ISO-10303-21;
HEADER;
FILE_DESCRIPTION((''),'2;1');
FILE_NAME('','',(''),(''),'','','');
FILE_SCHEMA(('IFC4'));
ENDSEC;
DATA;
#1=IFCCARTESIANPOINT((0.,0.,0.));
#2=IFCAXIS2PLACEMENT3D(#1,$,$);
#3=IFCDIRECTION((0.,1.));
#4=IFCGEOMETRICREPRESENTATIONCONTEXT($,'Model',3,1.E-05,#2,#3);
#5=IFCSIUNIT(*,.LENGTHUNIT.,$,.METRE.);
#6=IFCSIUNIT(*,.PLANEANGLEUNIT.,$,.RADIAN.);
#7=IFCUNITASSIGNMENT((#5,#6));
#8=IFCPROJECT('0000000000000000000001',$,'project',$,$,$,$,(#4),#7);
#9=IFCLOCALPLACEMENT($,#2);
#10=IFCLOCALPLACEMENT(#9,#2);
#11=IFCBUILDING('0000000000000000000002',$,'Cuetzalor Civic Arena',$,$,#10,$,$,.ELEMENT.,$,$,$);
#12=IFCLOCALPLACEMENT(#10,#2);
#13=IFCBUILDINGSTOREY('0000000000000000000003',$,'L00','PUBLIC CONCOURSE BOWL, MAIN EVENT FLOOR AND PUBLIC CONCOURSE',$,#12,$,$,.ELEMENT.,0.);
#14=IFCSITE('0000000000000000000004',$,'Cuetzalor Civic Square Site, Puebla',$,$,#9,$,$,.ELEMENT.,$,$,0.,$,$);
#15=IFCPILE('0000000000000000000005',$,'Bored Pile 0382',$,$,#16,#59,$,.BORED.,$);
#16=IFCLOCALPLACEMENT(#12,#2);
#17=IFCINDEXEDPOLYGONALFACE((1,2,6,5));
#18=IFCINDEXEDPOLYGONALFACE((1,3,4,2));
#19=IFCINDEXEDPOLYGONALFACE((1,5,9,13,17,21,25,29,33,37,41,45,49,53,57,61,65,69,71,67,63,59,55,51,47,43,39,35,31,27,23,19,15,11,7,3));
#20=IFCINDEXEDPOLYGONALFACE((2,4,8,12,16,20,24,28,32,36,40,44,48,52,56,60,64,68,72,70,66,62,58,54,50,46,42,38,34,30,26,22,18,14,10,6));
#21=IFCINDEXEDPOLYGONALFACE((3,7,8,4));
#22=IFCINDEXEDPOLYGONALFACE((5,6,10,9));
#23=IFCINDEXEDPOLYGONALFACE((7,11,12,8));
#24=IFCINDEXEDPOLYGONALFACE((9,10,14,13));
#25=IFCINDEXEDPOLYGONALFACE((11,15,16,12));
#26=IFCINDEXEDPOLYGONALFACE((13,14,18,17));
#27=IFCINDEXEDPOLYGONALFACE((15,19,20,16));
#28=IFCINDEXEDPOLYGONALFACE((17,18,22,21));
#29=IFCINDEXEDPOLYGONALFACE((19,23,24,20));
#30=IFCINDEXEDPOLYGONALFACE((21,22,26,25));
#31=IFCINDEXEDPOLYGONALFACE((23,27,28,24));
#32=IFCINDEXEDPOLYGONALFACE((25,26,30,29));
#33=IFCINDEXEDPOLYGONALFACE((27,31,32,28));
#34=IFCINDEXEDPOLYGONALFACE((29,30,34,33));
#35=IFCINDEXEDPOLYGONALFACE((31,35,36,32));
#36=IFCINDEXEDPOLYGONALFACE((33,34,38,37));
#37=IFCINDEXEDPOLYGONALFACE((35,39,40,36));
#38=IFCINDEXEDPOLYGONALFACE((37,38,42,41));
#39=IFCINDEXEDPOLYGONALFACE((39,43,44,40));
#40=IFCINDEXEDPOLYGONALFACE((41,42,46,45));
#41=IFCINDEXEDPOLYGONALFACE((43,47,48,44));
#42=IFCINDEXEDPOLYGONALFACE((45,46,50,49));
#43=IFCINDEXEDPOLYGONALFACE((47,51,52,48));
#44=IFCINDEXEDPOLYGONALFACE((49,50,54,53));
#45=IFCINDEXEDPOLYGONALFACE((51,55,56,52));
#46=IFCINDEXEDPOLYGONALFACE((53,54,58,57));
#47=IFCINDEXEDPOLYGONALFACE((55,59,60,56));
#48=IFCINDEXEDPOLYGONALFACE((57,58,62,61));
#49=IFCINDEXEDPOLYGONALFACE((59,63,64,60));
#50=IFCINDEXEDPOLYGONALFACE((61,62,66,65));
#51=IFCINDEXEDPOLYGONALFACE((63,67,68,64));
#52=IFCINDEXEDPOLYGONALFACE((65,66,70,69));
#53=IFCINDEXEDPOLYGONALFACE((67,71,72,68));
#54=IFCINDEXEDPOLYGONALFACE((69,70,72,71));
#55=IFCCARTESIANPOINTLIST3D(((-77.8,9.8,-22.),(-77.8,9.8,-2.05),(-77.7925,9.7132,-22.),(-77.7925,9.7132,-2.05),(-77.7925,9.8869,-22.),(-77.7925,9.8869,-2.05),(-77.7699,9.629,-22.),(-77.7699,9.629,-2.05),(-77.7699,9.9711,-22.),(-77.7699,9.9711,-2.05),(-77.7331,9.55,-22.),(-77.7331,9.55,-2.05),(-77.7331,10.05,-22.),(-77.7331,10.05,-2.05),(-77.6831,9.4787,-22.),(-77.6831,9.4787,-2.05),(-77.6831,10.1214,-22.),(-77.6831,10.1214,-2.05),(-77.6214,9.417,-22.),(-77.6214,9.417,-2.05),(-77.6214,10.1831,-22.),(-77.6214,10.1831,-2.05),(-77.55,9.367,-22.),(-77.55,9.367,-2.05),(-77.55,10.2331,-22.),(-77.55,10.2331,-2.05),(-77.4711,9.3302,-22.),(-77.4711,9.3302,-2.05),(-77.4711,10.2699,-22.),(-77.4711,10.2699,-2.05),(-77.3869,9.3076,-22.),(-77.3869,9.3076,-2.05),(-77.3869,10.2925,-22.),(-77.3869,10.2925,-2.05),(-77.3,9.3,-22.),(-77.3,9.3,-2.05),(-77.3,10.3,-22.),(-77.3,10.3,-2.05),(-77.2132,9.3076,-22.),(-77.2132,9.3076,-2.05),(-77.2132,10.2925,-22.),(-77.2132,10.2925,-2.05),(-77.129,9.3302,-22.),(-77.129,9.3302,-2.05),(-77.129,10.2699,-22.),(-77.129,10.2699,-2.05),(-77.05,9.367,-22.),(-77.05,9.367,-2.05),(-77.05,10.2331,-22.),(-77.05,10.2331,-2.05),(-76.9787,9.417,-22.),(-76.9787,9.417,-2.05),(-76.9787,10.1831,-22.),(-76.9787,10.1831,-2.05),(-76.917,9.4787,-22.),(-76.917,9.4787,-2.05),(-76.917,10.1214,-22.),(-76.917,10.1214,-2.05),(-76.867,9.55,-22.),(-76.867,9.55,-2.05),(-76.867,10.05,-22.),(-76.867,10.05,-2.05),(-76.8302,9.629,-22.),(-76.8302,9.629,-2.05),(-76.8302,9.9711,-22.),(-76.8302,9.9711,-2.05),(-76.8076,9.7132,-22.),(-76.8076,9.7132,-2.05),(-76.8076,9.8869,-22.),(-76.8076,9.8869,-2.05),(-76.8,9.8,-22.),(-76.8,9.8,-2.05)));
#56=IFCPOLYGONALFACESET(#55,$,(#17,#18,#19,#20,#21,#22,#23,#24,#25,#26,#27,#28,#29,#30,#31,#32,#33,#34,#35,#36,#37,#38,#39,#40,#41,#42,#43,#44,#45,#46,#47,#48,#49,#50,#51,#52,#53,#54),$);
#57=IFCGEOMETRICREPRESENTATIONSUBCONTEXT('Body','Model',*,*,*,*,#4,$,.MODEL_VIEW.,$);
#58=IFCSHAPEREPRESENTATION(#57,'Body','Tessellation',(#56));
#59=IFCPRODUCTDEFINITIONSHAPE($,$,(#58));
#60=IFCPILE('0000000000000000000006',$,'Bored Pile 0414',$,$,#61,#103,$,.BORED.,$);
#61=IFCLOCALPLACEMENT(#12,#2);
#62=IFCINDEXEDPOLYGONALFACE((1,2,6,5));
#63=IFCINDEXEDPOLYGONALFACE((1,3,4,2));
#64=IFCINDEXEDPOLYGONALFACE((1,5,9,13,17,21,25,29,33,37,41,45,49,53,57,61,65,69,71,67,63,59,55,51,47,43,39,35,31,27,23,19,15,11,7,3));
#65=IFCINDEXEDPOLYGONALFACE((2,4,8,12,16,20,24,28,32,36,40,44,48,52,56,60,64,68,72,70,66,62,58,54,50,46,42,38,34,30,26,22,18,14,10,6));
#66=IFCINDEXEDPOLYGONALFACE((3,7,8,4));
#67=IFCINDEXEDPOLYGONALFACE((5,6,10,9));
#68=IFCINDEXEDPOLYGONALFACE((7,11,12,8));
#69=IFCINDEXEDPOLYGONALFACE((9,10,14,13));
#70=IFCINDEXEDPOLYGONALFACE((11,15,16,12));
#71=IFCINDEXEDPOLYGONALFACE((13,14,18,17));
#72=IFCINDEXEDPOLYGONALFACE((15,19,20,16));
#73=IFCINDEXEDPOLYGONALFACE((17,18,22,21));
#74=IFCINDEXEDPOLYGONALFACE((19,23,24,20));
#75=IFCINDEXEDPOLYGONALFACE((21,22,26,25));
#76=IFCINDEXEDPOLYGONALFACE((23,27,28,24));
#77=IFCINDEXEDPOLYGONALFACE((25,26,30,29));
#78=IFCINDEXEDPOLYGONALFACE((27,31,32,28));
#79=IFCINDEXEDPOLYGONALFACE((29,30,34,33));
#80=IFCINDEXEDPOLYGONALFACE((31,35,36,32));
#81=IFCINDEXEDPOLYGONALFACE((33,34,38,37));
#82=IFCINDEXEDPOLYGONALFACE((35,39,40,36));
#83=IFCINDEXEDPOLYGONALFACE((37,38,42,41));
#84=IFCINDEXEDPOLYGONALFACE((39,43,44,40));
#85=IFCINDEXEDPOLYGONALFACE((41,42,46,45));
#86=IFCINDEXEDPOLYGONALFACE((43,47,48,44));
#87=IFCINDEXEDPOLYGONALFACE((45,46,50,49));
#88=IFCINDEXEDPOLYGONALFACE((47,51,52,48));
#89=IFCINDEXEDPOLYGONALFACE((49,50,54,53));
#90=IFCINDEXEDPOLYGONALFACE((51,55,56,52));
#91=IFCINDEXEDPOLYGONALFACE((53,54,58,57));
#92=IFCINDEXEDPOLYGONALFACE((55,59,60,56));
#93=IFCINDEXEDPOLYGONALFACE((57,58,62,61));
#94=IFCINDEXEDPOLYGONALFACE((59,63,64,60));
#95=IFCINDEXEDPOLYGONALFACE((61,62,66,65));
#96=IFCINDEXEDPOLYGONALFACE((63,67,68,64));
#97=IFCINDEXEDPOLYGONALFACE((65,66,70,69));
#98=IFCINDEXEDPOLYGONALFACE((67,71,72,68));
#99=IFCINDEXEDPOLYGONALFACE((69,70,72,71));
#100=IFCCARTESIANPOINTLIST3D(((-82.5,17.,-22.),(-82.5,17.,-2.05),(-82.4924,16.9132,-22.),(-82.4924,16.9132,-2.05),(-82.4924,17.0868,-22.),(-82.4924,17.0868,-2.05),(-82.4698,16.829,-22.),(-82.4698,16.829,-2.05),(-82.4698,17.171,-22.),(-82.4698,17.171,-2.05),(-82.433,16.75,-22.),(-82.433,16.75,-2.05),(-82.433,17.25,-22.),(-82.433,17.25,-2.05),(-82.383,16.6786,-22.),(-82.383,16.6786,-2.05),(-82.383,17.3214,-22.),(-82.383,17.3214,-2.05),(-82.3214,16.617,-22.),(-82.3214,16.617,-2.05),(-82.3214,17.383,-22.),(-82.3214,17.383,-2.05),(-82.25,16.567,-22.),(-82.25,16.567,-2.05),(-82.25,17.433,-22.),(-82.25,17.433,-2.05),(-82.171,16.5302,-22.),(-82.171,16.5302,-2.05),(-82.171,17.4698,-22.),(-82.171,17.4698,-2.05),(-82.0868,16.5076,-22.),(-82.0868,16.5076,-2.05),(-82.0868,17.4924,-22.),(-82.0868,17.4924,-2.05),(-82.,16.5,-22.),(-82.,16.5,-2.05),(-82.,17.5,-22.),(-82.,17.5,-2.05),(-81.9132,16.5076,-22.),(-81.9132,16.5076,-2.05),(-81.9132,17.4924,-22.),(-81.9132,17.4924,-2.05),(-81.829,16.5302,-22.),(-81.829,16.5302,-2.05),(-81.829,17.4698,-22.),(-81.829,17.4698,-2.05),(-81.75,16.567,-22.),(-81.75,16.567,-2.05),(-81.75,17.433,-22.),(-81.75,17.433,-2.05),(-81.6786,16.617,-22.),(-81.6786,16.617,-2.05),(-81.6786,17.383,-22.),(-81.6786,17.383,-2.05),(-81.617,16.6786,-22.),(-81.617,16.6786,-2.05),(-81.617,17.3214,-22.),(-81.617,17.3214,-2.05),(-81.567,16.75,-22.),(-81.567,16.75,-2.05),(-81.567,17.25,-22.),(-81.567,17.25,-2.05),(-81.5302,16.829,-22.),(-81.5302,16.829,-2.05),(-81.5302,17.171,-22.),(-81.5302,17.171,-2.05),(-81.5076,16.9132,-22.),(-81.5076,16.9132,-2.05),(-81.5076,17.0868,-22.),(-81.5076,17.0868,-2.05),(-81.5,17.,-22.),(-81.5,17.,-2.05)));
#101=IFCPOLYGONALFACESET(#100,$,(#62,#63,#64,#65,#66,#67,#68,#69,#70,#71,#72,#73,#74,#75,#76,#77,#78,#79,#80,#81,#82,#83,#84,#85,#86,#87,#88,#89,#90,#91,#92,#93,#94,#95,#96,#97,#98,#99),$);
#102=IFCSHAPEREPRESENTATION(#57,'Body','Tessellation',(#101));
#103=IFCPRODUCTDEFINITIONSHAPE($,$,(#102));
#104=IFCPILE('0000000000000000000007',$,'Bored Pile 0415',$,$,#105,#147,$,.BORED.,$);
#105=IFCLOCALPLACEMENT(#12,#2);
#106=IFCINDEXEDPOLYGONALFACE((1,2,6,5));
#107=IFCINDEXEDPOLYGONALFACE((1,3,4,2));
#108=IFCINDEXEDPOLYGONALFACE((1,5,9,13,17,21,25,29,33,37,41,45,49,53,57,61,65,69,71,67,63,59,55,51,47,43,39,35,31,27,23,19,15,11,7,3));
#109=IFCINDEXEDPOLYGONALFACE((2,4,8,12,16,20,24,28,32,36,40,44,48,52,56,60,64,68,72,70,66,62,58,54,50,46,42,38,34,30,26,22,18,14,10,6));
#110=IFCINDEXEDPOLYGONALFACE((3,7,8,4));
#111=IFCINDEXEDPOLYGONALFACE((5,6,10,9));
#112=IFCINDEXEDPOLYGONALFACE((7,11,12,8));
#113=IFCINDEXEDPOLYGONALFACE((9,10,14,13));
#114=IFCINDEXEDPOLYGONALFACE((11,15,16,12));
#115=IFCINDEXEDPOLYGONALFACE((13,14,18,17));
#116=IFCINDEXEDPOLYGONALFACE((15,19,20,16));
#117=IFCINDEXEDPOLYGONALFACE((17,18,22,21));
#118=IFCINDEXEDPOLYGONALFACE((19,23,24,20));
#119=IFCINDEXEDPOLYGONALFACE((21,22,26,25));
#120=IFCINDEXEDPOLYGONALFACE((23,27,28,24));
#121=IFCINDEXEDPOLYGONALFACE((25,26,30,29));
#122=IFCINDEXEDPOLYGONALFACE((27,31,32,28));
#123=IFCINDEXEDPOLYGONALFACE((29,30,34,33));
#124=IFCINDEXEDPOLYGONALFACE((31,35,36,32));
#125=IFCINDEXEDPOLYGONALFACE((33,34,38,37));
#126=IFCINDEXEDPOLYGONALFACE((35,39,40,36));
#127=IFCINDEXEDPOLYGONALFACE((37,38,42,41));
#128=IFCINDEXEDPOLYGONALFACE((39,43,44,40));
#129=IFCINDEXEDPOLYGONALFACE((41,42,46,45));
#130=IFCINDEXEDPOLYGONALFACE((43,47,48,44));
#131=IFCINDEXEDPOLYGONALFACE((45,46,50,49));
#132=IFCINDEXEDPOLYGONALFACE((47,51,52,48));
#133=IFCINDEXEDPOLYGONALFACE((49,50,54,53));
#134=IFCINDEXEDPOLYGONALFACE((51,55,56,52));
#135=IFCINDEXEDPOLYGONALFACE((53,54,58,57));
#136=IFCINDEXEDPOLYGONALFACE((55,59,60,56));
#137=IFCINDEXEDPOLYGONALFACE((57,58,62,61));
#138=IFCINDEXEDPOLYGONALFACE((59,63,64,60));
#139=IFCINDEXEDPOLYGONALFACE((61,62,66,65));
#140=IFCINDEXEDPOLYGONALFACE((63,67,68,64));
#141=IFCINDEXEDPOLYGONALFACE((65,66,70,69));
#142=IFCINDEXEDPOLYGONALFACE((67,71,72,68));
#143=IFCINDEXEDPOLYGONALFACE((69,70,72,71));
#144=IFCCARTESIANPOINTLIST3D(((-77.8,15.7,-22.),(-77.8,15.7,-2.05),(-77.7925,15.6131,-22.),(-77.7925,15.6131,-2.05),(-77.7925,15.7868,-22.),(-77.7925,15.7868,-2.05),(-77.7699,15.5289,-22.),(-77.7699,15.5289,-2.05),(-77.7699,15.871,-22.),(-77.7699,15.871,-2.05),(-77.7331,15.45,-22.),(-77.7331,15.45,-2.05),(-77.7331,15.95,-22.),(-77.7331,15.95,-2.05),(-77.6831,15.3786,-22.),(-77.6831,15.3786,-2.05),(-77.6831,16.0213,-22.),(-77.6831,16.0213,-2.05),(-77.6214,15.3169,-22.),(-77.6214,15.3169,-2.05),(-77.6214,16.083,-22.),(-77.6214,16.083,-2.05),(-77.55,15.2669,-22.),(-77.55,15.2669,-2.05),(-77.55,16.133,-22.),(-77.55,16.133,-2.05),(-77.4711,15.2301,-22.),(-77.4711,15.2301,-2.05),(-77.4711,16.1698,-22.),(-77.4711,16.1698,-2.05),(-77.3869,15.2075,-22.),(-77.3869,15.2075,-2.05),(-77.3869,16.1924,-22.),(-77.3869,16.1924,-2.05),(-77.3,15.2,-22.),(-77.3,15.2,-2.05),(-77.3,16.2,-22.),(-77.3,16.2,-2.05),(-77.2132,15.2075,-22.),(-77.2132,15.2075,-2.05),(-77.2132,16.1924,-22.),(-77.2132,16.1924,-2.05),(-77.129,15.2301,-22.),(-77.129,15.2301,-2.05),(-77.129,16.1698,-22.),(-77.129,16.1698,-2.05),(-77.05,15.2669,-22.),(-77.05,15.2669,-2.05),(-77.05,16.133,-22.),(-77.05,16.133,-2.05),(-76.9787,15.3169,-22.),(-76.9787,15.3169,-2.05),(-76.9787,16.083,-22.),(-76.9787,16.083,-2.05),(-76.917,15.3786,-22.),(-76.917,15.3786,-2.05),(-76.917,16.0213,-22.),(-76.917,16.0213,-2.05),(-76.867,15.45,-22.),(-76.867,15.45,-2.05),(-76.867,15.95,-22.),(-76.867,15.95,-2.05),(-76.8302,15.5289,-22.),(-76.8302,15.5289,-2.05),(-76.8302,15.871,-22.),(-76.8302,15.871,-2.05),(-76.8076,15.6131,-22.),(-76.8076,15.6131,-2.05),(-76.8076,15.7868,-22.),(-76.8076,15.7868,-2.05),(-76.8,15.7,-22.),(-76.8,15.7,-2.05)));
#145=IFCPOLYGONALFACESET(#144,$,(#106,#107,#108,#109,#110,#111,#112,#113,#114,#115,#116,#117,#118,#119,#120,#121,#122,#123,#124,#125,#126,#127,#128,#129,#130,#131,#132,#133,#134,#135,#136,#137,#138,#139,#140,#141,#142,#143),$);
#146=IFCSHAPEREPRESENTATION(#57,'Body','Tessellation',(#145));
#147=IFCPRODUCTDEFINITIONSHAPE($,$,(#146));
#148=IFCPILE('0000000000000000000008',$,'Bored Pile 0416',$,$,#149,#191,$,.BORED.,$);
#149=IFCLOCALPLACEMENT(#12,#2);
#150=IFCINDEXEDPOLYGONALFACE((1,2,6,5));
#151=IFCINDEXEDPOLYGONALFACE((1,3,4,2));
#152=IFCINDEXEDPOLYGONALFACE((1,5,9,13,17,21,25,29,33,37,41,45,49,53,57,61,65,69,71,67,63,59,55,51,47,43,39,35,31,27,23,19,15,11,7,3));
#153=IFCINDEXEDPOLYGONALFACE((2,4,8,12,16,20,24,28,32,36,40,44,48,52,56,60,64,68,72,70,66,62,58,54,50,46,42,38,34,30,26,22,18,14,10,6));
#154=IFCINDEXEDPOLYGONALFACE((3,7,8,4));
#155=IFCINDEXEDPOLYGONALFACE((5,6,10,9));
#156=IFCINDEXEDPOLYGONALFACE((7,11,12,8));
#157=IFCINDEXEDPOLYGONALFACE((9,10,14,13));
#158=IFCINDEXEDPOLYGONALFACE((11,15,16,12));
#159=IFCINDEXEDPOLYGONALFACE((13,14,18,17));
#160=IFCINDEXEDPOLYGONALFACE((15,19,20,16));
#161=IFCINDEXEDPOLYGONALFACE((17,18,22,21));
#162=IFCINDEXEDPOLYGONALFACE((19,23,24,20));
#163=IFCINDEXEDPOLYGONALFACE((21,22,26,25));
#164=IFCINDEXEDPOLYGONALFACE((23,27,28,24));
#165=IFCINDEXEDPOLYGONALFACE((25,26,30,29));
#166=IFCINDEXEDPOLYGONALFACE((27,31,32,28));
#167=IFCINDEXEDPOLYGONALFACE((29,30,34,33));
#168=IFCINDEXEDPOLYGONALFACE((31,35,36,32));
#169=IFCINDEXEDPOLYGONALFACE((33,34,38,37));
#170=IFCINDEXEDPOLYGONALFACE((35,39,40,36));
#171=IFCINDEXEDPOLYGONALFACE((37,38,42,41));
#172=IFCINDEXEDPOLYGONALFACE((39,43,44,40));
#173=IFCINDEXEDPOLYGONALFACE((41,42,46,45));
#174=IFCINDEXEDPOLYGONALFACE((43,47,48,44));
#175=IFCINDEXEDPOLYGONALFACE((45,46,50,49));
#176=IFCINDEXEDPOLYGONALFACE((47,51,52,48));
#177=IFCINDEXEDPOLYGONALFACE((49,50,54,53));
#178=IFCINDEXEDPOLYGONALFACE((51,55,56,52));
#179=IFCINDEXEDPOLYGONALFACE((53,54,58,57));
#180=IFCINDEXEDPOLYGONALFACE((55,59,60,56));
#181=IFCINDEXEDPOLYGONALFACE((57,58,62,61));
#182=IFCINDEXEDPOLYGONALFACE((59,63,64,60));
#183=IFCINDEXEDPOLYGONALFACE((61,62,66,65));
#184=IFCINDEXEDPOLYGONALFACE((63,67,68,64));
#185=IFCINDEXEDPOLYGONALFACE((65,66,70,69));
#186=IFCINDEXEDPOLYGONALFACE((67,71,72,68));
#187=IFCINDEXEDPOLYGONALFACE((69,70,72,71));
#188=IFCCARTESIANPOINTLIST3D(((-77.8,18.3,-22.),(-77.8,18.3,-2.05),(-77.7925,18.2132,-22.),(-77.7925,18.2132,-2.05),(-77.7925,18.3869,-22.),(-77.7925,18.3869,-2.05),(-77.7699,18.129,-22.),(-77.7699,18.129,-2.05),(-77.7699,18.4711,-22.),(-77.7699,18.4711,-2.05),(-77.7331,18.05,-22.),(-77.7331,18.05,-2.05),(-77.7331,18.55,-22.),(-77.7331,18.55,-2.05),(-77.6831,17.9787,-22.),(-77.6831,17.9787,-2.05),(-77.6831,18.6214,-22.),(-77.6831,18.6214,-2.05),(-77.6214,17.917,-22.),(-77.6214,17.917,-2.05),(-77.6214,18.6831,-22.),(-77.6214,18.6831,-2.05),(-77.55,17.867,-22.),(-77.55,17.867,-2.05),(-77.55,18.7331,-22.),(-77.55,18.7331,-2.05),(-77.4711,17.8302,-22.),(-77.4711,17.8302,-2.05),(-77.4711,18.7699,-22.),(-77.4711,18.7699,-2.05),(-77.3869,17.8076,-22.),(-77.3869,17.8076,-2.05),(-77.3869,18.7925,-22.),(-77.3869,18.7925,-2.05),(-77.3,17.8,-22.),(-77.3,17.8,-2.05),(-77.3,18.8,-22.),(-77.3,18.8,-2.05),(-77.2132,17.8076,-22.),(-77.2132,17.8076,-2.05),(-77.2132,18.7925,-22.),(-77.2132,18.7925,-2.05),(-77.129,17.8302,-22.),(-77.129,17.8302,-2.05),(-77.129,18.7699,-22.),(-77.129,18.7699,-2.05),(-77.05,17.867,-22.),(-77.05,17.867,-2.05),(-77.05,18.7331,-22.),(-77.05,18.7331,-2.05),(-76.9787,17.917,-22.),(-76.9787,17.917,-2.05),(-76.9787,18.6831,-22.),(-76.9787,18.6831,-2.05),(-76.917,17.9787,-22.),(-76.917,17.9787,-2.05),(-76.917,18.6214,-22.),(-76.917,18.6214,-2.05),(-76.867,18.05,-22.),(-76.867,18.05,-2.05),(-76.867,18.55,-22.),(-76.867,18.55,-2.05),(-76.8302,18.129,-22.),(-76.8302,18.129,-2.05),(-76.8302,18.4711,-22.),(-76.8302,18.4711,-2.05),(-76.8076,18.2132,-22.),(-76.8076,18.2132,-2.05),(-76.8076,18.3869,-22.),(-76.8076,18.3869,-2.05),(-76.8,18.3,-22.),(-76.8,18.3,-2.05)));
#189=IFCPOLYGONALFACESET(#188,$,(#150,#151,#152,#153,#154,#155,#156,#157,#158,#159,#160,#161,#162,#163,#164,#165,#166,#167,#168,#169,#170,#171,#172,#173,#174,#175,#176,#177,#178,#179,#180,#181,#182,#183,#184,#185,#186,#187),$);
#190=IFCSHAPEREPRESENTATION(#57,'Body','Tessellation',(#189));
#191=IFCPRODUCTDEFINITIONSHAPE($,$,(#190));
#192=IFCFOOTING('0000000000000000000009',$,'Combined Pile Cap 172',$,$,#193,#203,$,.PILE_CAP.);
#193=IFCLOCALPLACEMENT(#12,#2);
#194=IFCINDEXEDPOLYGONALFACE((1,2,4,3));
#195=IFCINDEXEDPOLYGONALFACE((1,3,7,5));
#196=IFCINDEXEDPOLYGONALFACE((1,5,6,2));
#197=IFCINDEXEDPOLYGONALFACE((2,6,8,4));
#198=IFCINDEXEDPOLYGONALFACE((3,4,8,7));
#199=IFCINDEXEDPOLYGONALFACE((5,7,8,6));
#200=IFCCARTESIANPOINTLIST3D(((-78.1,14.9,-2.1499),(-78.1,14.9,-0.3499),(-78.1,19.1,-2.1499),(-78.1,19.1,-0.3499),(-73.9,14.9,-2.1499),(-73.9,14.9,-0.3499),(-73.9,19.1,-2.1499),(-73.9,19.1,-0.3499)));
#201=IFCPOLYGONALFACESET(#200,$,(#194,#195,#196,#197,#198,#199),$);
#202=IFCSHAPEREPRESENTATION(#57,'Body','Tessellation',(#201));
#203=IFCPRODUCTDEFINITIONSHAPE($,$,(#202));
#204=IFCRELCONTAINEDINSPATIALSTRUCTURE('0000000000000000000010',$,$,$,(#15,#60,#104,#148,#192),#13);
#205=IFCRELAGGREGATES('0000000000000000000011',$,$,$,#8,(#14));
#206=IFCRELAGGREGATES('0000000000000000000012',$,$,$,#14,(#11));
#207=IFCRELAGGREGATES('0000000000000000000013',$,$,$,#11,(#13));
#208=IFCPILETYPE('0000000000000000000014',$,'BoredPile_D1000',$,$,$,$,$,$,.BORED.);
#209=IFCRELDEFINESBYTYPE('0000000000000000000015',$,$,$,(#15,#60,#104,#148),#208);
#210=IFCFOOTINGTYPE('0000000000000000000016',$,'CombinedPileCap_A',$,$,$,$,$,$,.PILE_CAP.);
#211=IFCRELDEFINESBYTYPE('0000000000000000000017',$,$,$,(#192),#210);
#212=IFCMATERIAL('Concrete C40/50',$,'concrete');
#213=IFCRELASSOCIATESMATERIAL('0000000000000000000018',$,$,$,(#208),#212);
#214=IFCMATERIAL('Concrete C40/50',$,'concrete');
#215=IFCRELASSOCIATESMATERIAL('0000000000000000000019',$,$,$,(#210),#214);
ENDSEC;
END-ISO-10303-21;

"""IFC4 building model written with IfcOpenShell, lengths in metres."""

from ifc_helpers import new_model, si_unit, direction, frame, origin, origin_2d, place, context, subcontext, project, spatial, rectangle, circle, extrude, material, material_profile, profile_set, type_object, element, save


model = new_model("IFC4")

# Units and contexts
model_context = context("Model", 3, precision=1e-05, world=origin(), true_north=direction((0.0, 1.0)))
body_context = subcontext(model_context, "Body", "Model", "MODEL_VIEW")
ifc_project = project(units=[si_unit("LENGTHUNIT", "METRE"), si_unit("PLANEANGLEUNIT", "RADIAN")], contexts=[model_context])

# Site, building, storey
site_placement = place(None, origin())
site = spatial("IfcSite", under=ifc_project, at=site_placement, Name="Cuetzalor Civic Square Site, Puebla", CompositionType="ELEMENT", RefElevation=0.0)
building_placement = place(site_placement, origin())
building = spatial("IfcBuilding", under=site, at=building_placement, Name="Cuetzalor Civic Arena", CompositionType="ELEMENT")
storey_placement = place(building_placement, origin())
storey = spatial("IfcBuildingStorey", under=building, at=storey_placement, Name="L00", Description="PUBLIC CONCOURSE BOWL, MAIN EVENT FLOOR AND PUBLIC CONCOURSE", CompositionType="ELEMENT", Elevation=0.0)

# Piles
ifc_material_1 = material(Name="Concrete C40/50", Category="concrete")
ifc_material_profile_1 = material_profile(ifc_material_1, circle(Radius=0.5, at=origin_2d()), Name="BORED PILE D1000")
ifc_profile_set_1 = profile_set([ifc_material_profile_1], Name="Concrete C40/50")
pile_type = type_object("IfcPileType", Name="BoredPile_D1000", PredefinedType="BORED", material=ifc_profile_set_1)
for number, where, z_axis, x_axis, name in (
    (1, (-77.3, 9.8, -2.05), (0.0, 0.0, -1.0), (1.0, 0.0, 0.0), "Bored Pile 0382"),
    (2, (-82.0, 17.0, -2.05), (0.0, 0.0, -1.0), (1.0, 0.0, 0.0), "Bored Pile 0414"),
    (3, (-77.3, 15.7, -2.05), (0.0, 0.0, -1.0), (1.0, 0.0, 0.0), "Bored Pile 0415"),
    (4, (-77.3, 18.3, -2.05), (0.0, 0.0, -1.0), (1.0, 0.0, 0.0), "Bored Pile 0416"),
):
    element("IfcPile", number, at=place(storey_placement, frame(where, z_axis=z_axis, x_axis=x_axis)), inside=storey, type_object=pile_type, Name=name, PredefinedType="BORED", context=body_context, shape_type="SweptSolid", body=[
        extrude(circle(Radius=0.5, at=origin_2d()), origin(), (0.0, 0.0, 1.0), 19.95),
    ])

# Footing
ifc_material_2 = material(Name="Concrete C40/50", Category="concrete")
footing_type_1 = type_object("IfcFootingType", Name="CombinedPileCap_A", PredefinedType="PILE_CAP", material=ifc_material_2)
footing_1_placement = place(storey_placement, frame((-76.0, 17.0, -2.1499), z_axis=(0.0, 0.0, 1.0), x_axis=(1.0, 0.0, 0.0)))
element("IfcFooting", 5, at=footing_1_placement, inside=storey, type_object=footing_type_1, Name="Combined Pile Cap 172", PredefinedType="PILE_CAP", context=body_context, shape_type="SweptSolid", body=[
    extrude(rectangle(XDim=4.2, YDim=4.2, at=origin_2d()), origin(), (0.0, 0.0, 1.0), 1.8),
])

save(model, "model.ifc")
